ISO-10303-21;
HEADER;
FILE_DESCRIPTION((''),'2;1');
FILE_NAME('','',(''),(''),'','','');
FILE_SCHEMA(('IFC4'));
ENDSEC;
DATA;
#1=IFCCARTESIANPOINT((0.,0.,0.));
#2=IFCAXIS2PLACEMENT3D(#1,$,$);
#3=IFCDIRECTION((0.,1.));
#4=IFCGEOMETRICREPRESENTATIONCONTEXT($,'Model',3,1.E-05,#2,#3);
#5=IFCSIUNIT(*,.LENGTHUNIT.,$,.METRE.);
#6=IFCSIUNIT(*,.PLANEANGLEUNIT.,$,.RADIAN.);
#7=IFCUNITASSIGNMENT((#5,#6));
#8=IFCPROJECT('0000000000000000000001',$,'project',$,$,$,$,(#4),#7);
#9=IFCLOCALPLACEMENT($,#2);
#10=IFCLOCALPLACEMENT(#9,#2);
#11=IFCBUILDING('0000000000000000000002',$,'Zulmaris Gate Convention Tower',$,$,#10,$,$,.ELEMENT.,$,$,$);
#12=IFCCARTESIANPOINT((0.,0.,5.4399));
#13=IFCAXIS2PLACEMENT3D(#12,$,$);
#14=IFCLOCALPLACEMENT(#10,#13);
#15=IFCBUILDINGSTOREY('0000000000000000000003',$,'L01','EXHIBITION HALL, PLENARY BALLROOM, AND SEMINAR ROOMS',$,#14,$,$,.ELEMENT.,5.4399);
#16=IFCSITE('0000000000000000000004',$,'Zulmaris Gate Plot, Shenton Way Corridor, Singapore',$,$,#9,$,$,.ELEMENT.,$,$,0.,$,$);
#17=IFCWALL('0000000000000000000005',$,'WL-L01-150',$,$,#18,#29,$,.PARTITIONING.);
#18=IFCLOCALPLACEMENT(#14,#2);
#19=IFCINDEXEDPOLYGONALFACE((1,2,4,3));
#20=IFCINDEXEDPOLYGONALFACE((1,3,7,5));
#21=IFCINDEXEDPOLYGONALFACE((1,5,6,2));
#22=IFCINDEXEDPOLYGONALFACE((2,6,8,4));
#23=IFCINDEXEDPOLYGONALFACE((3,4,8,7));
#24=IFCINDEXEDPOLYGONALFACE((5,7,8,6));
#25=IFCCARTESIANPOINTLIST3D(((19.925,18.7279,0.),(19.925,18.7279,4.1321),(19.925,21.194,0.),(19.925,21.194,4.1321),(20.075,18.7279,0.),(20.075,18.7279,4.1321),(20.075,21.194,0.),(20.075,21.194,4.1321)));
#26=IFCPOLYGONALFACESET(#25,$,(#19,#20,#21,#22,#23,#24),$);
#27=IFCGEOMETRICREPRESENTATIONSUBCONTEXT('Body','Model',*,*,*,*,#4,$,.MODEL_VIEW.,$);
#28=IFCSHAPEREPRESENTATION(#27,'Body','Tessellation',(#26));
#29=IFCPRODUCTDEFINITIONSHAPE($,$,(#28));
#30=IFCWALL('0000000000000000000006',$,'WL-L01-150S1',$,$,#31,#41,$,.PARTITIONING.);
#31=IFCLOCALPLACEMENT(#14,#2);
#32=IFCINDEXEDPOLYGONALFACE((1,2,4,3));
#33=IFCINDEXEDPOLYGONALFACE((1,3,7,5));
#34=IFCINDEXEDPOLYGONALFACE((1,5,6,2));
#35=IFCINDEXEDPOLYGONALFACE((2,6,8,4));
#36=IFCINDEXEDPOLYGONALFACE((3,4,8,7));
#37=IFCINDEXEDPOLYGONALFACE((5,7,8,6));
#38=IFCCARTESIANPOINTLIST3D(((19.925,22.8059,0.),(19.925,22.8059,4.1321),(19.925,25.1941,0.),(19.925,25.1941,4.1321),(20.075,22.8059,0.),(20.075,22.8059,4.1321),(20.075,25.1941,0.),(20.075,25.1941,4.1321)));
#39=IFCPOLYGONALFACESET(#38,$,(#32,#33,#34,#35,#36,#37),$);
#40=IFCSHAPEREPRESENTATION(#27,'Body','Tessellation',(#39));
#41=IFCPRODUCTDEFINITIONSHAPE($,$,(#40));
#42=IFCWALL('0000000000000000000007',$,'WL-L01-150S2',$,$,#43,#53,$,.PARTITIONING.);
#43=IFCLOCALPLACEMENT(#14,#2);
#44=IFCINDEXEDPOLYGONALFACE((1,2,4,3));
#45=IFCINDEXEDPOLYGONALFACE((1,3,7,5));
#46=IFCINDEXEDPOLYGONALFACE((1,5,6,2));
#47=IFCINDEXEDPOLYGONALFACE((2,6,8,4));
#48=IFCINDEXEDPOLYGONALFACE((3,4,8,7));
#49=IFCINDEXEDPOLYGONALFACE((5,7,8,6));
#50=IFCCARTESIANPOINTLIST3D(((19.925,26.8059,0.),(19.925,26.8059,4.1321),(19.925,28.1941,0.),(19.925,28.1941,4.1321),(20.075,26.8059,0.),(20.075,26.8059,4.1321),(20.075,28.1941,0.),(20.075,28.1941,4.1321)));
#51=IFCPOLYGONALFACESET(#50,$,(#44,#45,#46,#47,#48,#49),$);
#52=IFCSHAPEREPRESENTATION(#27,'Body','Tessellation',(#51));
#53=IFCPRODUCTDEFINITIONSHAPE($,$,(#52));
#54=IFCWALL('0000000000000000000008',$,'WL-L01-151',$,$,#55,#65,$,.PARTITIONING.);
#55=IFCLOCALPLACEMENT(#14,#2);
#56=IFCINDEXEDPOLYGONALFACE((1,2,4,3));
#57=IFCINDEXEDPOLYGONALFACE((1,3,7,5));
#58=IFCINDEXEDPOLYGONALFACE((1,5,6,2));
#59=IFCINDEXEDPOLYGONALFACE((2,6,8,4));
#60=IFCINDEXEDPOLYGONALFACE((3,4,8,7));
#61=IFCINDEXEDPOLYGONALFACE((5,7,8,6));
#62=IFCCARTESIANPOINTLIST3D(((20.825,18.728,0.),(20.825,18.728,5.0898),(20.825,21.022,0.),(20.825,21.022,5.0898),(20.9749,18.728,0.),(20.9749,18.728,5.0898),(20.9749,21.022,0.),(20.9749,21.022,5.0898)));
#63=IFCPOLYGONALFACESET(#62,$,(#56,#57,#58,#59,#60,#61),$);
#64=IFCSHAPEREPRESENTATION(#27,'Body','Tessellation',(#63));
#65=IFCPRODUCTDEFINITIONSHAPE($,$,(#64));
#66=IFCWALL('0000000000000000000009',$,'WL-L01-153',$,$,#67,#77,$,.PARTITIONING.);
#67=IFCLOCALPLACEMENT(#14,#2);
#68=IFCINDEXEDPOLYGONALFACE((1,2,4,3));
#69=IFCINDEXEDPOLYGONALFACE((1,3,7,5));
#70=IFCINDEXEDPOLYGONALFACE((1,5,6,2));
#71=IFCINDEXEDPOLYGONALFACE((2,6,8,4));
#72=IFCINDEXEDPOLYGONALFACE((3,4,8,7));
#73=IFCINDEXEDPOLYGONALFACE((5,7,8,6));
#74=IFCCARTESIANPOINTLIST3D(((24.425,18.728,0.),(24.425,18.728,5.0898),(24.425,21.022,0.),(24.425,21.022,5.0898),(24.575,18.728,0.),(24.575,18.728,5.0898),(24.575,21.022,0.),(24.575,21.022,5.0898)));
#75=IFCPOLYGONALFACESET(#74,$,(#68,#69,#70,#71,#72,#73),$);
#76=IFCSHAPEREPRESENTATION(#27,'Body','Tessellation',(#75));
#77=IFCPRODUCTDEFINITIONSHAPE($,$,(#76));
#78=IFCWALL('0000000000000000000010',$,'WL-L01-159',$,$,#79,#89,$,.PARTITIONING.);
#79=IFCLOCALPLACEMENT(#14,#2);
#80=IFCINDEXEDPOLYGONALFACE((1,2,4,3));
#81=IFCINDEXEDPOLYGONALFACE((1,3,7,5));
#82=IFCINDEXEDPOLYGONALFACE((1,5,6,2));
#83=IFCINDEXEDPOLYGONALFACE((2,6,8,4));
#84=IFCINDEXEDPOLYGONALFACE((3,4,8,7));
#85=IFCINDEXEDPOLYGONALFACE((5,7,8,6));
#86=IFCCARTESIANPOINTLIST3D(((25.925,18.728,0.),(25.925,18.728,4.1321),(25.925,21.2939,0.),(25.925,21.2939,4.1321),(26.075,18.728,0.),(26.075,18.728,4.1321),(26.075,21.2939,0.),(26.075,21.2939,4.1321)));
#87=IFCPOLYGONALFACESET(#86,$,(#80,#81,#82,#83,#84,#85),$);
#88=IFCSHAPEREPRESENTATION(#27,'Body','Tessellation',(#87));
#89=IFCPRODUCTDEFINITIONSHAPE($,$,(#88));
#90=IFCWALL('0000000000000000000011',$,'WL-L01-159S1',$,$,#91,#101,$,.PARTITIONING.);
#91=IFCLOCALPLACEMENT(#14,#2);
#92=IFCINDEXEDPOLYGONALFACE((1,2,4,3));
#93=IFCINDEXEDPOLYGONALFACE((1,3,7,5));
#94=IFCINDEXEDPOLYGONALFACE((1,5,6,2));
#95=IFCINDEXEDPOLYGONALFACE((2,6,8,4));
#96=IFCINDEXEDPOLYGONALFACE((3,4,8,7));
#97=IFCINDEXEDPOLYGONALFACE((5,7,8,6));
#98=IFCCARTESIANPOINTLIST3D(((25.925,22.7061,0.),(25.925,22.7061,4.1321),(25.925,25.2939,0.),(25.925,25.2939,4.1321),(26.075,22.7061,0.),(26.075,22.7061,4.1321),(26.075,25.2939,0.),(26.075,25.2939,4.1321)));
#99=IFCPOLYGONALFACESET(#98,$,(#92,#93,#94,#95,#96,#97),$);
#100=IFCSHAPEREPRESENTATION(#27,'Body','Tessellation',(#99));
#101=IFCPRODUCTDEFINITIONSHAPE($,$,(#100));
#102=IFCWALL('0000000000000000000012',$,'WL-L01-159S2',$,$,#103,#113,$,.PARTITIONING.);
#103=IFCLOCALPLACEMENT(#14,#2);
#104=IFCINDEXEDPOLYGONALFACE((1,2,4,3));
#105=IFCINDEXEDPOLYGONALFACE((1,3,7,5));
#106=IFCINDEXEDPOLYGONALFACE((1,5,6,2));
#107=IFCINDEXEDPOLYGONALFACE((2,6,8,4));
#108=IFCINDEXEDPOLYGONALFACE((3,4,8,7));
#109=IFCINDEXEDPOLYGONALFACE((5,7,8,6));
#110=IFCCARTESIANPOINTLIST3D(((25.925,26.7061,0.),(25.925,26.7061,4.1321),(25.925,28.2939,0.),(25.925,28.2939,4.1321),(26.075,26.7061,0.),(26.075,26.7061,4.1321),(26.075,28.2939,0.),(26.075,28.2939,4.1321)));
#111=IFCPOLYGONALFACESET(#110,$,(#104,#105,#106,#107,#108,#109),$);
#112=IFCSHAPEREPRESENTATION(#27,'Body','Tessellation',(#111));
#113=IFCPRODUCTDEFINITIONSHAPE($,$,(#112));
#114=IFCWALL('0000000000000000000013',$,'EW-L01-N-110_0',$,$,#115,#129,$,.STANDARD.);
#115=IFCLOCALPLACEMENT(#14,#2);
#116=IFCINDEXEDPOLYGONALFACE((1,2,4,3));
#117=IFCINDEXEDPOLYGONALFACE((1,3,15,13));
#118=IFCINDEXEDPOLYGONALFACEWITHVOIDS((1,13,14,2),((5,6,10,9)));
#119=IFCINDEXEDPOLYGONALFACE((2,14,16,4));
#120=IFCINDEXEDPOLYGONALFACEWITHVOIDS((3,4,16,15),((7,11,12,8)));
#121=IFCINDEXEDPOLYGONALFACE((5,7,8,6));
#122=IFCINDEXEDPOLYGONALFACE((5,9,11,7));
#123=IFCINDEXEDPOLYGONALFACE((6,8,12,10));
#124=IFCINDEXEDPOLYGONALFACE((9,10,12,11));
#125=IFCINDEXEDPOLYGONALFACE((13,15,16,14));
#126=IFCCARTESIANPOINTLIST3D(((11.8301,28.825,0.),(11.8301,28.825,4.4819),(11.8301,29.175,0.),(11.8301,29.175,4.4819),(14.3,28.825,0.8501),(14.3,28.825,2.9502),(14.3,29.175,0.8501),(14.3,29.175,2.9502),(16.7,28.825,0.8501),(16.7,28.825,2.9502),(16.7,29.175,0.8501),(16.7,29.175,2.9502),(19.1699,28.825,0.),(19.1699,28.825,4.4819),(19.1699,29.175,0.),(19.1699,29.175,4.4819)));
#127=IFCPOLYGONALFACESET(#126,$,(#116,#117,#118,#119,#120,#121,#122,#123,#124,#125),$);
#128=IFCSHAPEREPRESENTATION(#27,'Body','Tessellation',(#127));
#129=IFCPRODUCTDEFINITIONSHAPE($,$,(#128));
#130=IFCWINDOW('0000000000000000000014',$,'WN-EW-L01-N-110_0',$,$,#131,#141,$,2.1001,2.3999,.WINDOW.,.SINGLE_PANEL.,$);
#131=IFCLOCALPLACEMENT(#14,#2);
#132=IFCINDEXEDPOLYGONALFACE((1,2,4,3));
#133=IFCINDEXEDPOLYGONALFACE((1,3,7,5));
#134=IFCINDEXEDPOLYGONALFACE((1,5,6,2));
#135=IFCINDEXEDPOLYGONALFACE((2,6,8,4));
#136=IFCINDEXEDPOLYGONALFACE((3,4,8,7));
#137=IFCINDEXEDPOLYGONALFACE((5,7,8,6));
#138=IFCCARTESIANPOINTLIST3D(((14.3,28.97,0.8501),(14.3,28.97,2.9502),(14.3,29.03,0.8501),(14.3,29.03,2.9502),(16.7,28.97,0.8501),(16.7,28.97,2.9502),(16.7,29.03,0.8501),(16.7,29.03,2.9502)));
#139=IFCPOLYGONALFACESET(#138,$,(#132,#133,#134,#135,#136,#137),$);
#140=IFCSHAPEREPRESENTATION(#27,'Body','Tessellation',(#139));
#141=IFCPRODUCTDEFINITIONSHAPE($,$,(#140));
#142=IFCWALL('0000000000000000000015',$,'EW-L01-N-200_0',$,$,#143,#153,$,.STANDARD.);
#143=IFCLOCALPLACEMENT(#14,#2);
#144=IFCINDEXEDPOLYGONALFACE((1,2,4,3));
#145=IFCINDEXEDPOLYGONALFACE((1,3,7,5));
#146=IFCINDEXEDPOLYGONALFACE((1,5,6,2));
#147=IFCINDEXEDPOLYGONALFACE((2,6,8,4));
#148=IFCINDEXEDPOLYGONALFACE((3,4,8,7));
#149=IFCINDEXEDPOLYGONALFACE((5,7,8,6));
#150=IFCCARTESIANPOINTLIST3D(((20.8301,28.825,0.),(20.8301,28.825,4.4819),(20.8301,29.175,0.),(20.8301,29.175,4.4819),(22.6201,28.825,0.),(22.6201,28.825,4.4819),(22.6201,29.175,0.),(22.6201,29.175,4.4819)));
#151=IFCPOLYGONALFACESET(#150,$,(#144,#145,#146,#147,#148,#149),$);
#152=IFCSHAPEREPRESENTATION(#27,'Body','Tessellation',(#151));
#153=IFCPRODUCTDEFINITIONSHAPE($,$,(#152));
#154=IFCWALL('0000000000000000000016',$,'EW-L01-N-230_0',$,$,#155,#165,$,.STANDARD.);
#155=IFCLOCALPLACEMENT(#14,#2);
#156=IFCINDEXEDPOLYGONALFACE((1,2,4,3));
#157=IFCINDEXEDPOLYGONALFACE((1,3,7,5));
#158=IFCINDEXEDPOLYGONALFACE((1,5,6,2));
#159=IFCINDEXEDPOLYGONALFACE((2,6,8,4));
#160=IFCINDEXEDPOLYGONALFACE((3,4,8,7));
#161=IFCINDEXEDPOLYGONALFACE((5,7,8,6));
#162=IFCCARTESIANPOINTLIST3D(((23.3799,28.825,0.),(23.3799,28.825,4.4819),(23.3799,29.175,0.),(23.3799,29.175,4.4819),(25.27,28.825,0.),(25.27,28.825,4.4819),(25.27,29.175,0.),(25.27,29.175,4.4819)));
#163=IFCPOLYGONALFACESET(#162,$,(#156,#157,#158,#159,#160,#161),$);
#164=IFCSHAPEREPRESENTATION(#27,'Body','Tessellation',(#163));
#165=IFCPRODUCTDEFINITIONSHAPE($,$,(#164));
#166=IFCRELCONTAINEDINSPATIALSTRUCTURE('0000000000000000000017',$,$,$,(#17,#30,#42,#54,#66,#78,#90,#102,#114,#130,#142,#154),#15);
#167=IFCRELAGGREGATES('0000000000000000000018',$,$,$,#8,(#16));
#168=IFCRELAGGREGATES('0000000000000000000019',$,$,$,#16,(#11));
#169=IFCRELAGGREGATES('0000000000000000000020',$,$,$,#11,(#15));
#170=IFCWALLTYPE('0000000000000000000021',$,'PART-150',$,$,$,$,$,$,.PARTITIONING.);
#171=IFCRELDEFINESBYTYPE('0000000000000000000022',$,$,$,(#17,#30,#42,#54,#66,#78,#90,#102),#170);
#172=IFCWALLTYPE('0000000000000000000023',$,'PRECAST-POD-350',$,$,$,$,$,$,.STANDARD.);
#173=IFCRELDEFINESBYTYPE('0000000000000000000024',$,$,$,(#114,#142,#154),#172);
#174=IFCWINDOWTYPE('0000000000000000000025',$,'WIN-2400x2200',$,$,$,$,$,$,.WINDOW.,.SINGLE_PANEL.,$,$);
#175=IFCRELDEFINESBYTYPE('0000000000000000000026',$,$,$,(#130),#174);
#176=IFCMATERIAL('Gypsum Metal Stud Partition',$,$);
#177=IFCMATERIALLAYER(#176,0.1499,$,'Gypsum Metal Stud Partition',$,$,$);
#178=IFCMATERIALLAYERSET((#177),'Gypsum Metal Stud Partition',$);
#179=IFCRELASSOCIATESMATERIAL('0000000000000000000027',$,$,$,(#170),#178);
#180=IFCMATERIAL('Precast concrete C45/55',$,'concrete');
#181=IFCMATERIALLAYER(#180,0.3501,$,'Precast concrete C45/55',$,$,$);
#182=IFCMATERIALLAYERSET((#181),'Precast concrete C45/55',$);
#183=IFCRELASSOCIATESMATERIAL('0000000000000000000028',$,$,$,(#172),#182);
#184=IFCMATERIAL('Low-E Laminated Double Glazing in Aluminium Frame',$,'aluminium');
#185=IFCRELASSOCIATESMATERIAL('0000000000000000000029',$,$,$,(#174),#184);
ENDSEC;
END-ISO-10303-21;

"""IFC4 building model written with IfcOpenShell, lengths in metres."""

from ifc_helpers import new_model, si_unit, direction, frame, frame_2d, origin, place, context, subcontext, project, spatial, rectangle, extrude, material, layer, layer_set, type_object, element, fill, save


model = new_model("IFC4")

# Units and contexts
model_context = context("Model", 3, precision=1e-05, world=origin(), true_north=direction((0.0, 1.0)))
body_context = subcontext(model_context, "Body", "Model", "MODEL_VIEW")
ifc_project = project(units=[si_unit("LENGTHUNIT", "METRE"), si_unit("PLANEANGLEUNIT", "RADIAN")], contexts=[model_context])

# Site, building, storey
site_placement = place(None, origin())
site = spatial("IfcSite", under=ifc_project, at=site_placement, Name="Zulmaris Gate Plot, Shenton Way Corridor, Singapore", CompositionType="ELEMENT", RefElevation=0.0)
building_placement = place(site_placement, origin())
building = spatial("IfcBuilding", under=site, at=building_placement, Name="Zulmaris Gate Convention Tower", CompositionType="ELEMENT")
storey_placement = place(building_placement, frame((0.0, 0.0, 5.4399)))
storey = spatial("IfcBuildingStorey", under=building, at=storey_placement, Name="L01", Description="EXHIBITION HALL, PLENARY BALLROOM, AND SEMINAR ROOMS", CompositionType="ELEMENT", Elevation=5.4399)

# Walls
ifc_material_1 = material(Name="Gypsum Metal Stud Partition")
ifc_layer_1 = layer(ifc_material_1, 0.1499, Name="Gypsum Metal Stud Partition")
ifc_layer_set_1 = layer_set([ifc_layer_1], Name="Gypsum Metal Stud Partition")
wall_type_1 = type_object("IfcWallType", Name="PART-150", PredefinedType="PARTITIONING", material=ifc_layer_set_1)
wall_1_placement = place(storey_placement, frame((20.0, 18.728, 0.0), z_axis=(0.0, 0.0, 1.0), x_axis=(0.0, 1.0, 0.0)))
element("IfcWall", 1, at=wall_1_placement, inside=storey, type_object=wall_type_1, Name="WL-L01-150", PredefinedType="PARTITIONING", context=body_context, shape_type="SweptSolid", body=[
    extrude(rectangle(XDim=2.4661, YDim=0.1499, at=frame_2d((1.2329, 0.0))), origin(), (0.0, 0.0, 1.0), 4.1321),
])
wall_2_placement = place(storey_placement, frame((20.0, 22.8059, 0.0), z_axis=(0.0, 0.0, 1.0), x_axis=(0.0, 1.0, 0.0)))
element("IfcWall", 2, at=wall_2_placement, inside=storey, type_object=wall_type_1, Name="WL-L01-150S1", PredefinedType="PARTITIONING", context=body_context, shape_type="SweptSolid", body=[
    extrude(rectangle(XDim=2.3882, YDim=0.1499, at=frame_2d((1.1941, 0.0))), origin(), (0.0, 0.0, 1.0), 4.1321),
])
wall_3_placement = place(storey_placement, frame((20.0, 26.8059, 0.0), z_axis=(0.0, 0.0, 1.0), x_axis=(0.0, 1.0, 0.0)))
element("IfcWall", 3, at=wall_3_placement, inside=storey, type_object=wall_type_1, Name="WL-L01-150S2", PredefinedType="PARTITIONING", context=body_context, shape_type="SweptSolid", body=[
    extrude(rectangle(XDim=1.3882, YDim=0.1499, at=frame_2d((0.6941, 0.0))), origin(), (0.0, 0.0, 1.0), 4.1321),
])
for number, where, z_axis, x_axis, name in (
    (4, (20.8999, 18.728, 0.0), (0.0, 0.0, 1.0), (0.0, 1.0, 0.0), "WL-L01-151"),
    (5, (24.5, 18.728, 0.0), (0.0, 0.0, 1.0), (0.0, 1.0, 0.0), "WL-L01-153"),
):
    element("IfcWall", number, at=place(storey_placement, frame(where, z_axis=z_axis, x_axis=x_axis)), inside=storey, type_object=wall_type_1, Name=name, PredefinedType="PARTITIONING", context=body_context, shape_type="SweptSolid", body=[
        extrude(rectangle(XDim=2.2939, YDim=0.1499, at=frame_2d((1.147, 0.0))), origin(), (0.0, 0.0, 1.0), 5.0898),
    ])
wall_4_placement = place(storey_placement, frame((26.0, 18.728, 0.0), z_axis=(0.0, 0.0, 1.0), x_axis=(0.0, 1.0, 0.0)))
element("IfcWall", 6, at=wall_4_placement, inside=storey, type_object=wall_type_1, Name="WL-L01-159", PredefinedType="PARTITIONING", context=body_context, shape_type="SweptSolid", body=[
    extrude(rectangle(XDim=2.5659, YDim=0.1499, at=frame_2d((1.283, 0.0))), origin(), (0.0, 0.0, 1.0), 4.1321),
])
wall_5_placement = place(storey_placement, frame((26.0, 22.7061, 0.0), z_axis=(0.0, 0.0, 1.0), x_axis=(0.0, 1.0, 0.0)))
element("IfcWall", 7, at=wall_5_placement, inside=storey, type_object=wall_type_1, Name="WL-L01-159S1", PredefinedType="PARTITIONING", context=body_context, shape_type="SweptSolid", body=[
    extrude(rectangle(XDim=2.5879, YDim=0.1499, at=frame_2d((1.2939, 0.0))), origin(), (0.0, 0.0, 1.0), 4.1321),
])
wall_6_placement = place(storey_placement, frame((26.0, 26.7061, 0.0), z_axis=(0.0, 0.0, 1.0), x_axis=(0.0, 1.0, 0.0)))
element("IfcWall", 8, at=wall_6_placement, inside=storey, type_object=wall_type_1, Name="WL-L01-159S2", PredefinedType="PARTITIONING", context=body_context, shape_type="SweptSolid", body=[
    extrude(rectangle(XDim=1.5879, YDim=0.1499, at=frame_2d((0.7939, 0.0))), origin(), (0.0, 0.0, 1.0), 4.1321),
])

# Wall, opening, window
ifc_material_2 = material(Name="Precast concrete C45/55", Category="concrete")
ifc_layer_2 = layer(ifc_material_2, 0.3501, Name="Precast concrete C45/55")
ifc_layer_set_2 = layer_set([ifc_layer_2], Name="Precast concrete C45/55")
wall_type_2 = type_object("IfcWallType", Name="PRECAST-POD-350", PredefinedType="STANDARD", material=ifc_layer_set_2)
wall_7_placement = place(storey_placement, frame((19.1699, 29.0, 0.0), z_axis=(0.0, 0.0, 1.0), x_axis=(-1.0, 0.0, 0.0)))
wall_7 = element("IfcWall", 9, at=wall_7_placement, inside=storey, type_object=wall_type_2, Name="EW-L01-N-110_0", PredefinedType="STANDARD", context=body_context, shape_type="SweptSolid", body=[
    extrude(rectangle(XDim=7.3398, YDim=0.3501, at=frame_2d((3.6699, 0.0))), origin(), (0.0, 0.0, 1.0), 4.4819),
])
opening_placement = place(wall_7_placement, frame((2.47, 0.0, 0.8501)))
opening = element("IfcOpeningElement", 10, at=opening_placement, cuts=wall_7, PredefinedType="OPENING", context=body_context, shape_type="SweptSolid", body=[
    extrude(rectangle(XDim=2.3999, YDim=2.1001, at=frame_2d((1.2, 1.05))), frame((0.0, 0.1851, 0.0), z_axis=(0.0, -1.0, 0.0), x_axis=(1.0, 0.0, 0.0)), (0.0, 0.0, 1.0), 0.3701),
])
ifc_material_3 = material(Name="Low-E Laminated Double Glazing in Aluminium Frame", Category="aluminium")
window_type = type_object("IfcWindowType", Name="WIN-2400x2200", PartitioningType="SINGLE_PANEL", PredefinedType="WINDOW", material=ifc_material_3)
window_placement = place(opening_placement, origin())
window = element("IfcWindow", 11, at=window_placement, inside=storey, type_object=window_type, Name="WN-EW-L01-N-110_0", OverallHeight=2.1001, OverallWidth=2.3999, PartitioningType="SINGLE_PANEL", PredefinedType="WINDOW", context=body_context, shape_type="SweptSolid", body=[
    extrude(rectangle(XDim=2.3999, YDim=2.1001, at=frame_2d((1.2, 1.05))), frame((0.0, 0.03, 0.0), z_axis=(0.0, -1.0, 0.0), x_axis=(1.0, 0.0, 0.0)), (0.0, 0.0, 1.0), 0.0601),
])
fill(opening, window)

# Walls
wall_8_placement = place(storey_placement, frame((22.6201, 29.0, 0.0), z_axis=(0.0, 0.0, 1.0), x_axis=(-1.0, 0.0, 0.0)))
element("IfcWall", 12, at=wall_8_placement, inside=storey, type_object=wall_type_2, Name="EW-L01-N-200_0", PredefinedType="STANDARD", context=body_context, shape_type="SweptSolid", body=[
    extrude(rectangle(XDim=1.79, YDim=0.3501, at=frame_2d((0.895, 0.0))), origin(), (0.0, 0.0, 1.0), 4.4819),
])
wall_9_placement = place(storey_placement, frame((25.27, 29.0, 0.0), z_axis=(0.0, 0.0, 1.0), x_axis=(-1.0, 0.0, 0.0)))
element("IfcWall", 13, at=wall_9_placement, inside=storey, type_object=wall_type_2, Name="EW-L01-N-230_0", PredefinedType="STANDARD", context=body_context, shape_type="SweptSolid", body=[
    extrude(rectangle(XDim=1.8901, YDim=0.3501, at=frame_2d((0.9451, 0.0))), origin(), (0.0, 0.0, 1.0), 4.4819),
])

save(model, "model.ifc")
